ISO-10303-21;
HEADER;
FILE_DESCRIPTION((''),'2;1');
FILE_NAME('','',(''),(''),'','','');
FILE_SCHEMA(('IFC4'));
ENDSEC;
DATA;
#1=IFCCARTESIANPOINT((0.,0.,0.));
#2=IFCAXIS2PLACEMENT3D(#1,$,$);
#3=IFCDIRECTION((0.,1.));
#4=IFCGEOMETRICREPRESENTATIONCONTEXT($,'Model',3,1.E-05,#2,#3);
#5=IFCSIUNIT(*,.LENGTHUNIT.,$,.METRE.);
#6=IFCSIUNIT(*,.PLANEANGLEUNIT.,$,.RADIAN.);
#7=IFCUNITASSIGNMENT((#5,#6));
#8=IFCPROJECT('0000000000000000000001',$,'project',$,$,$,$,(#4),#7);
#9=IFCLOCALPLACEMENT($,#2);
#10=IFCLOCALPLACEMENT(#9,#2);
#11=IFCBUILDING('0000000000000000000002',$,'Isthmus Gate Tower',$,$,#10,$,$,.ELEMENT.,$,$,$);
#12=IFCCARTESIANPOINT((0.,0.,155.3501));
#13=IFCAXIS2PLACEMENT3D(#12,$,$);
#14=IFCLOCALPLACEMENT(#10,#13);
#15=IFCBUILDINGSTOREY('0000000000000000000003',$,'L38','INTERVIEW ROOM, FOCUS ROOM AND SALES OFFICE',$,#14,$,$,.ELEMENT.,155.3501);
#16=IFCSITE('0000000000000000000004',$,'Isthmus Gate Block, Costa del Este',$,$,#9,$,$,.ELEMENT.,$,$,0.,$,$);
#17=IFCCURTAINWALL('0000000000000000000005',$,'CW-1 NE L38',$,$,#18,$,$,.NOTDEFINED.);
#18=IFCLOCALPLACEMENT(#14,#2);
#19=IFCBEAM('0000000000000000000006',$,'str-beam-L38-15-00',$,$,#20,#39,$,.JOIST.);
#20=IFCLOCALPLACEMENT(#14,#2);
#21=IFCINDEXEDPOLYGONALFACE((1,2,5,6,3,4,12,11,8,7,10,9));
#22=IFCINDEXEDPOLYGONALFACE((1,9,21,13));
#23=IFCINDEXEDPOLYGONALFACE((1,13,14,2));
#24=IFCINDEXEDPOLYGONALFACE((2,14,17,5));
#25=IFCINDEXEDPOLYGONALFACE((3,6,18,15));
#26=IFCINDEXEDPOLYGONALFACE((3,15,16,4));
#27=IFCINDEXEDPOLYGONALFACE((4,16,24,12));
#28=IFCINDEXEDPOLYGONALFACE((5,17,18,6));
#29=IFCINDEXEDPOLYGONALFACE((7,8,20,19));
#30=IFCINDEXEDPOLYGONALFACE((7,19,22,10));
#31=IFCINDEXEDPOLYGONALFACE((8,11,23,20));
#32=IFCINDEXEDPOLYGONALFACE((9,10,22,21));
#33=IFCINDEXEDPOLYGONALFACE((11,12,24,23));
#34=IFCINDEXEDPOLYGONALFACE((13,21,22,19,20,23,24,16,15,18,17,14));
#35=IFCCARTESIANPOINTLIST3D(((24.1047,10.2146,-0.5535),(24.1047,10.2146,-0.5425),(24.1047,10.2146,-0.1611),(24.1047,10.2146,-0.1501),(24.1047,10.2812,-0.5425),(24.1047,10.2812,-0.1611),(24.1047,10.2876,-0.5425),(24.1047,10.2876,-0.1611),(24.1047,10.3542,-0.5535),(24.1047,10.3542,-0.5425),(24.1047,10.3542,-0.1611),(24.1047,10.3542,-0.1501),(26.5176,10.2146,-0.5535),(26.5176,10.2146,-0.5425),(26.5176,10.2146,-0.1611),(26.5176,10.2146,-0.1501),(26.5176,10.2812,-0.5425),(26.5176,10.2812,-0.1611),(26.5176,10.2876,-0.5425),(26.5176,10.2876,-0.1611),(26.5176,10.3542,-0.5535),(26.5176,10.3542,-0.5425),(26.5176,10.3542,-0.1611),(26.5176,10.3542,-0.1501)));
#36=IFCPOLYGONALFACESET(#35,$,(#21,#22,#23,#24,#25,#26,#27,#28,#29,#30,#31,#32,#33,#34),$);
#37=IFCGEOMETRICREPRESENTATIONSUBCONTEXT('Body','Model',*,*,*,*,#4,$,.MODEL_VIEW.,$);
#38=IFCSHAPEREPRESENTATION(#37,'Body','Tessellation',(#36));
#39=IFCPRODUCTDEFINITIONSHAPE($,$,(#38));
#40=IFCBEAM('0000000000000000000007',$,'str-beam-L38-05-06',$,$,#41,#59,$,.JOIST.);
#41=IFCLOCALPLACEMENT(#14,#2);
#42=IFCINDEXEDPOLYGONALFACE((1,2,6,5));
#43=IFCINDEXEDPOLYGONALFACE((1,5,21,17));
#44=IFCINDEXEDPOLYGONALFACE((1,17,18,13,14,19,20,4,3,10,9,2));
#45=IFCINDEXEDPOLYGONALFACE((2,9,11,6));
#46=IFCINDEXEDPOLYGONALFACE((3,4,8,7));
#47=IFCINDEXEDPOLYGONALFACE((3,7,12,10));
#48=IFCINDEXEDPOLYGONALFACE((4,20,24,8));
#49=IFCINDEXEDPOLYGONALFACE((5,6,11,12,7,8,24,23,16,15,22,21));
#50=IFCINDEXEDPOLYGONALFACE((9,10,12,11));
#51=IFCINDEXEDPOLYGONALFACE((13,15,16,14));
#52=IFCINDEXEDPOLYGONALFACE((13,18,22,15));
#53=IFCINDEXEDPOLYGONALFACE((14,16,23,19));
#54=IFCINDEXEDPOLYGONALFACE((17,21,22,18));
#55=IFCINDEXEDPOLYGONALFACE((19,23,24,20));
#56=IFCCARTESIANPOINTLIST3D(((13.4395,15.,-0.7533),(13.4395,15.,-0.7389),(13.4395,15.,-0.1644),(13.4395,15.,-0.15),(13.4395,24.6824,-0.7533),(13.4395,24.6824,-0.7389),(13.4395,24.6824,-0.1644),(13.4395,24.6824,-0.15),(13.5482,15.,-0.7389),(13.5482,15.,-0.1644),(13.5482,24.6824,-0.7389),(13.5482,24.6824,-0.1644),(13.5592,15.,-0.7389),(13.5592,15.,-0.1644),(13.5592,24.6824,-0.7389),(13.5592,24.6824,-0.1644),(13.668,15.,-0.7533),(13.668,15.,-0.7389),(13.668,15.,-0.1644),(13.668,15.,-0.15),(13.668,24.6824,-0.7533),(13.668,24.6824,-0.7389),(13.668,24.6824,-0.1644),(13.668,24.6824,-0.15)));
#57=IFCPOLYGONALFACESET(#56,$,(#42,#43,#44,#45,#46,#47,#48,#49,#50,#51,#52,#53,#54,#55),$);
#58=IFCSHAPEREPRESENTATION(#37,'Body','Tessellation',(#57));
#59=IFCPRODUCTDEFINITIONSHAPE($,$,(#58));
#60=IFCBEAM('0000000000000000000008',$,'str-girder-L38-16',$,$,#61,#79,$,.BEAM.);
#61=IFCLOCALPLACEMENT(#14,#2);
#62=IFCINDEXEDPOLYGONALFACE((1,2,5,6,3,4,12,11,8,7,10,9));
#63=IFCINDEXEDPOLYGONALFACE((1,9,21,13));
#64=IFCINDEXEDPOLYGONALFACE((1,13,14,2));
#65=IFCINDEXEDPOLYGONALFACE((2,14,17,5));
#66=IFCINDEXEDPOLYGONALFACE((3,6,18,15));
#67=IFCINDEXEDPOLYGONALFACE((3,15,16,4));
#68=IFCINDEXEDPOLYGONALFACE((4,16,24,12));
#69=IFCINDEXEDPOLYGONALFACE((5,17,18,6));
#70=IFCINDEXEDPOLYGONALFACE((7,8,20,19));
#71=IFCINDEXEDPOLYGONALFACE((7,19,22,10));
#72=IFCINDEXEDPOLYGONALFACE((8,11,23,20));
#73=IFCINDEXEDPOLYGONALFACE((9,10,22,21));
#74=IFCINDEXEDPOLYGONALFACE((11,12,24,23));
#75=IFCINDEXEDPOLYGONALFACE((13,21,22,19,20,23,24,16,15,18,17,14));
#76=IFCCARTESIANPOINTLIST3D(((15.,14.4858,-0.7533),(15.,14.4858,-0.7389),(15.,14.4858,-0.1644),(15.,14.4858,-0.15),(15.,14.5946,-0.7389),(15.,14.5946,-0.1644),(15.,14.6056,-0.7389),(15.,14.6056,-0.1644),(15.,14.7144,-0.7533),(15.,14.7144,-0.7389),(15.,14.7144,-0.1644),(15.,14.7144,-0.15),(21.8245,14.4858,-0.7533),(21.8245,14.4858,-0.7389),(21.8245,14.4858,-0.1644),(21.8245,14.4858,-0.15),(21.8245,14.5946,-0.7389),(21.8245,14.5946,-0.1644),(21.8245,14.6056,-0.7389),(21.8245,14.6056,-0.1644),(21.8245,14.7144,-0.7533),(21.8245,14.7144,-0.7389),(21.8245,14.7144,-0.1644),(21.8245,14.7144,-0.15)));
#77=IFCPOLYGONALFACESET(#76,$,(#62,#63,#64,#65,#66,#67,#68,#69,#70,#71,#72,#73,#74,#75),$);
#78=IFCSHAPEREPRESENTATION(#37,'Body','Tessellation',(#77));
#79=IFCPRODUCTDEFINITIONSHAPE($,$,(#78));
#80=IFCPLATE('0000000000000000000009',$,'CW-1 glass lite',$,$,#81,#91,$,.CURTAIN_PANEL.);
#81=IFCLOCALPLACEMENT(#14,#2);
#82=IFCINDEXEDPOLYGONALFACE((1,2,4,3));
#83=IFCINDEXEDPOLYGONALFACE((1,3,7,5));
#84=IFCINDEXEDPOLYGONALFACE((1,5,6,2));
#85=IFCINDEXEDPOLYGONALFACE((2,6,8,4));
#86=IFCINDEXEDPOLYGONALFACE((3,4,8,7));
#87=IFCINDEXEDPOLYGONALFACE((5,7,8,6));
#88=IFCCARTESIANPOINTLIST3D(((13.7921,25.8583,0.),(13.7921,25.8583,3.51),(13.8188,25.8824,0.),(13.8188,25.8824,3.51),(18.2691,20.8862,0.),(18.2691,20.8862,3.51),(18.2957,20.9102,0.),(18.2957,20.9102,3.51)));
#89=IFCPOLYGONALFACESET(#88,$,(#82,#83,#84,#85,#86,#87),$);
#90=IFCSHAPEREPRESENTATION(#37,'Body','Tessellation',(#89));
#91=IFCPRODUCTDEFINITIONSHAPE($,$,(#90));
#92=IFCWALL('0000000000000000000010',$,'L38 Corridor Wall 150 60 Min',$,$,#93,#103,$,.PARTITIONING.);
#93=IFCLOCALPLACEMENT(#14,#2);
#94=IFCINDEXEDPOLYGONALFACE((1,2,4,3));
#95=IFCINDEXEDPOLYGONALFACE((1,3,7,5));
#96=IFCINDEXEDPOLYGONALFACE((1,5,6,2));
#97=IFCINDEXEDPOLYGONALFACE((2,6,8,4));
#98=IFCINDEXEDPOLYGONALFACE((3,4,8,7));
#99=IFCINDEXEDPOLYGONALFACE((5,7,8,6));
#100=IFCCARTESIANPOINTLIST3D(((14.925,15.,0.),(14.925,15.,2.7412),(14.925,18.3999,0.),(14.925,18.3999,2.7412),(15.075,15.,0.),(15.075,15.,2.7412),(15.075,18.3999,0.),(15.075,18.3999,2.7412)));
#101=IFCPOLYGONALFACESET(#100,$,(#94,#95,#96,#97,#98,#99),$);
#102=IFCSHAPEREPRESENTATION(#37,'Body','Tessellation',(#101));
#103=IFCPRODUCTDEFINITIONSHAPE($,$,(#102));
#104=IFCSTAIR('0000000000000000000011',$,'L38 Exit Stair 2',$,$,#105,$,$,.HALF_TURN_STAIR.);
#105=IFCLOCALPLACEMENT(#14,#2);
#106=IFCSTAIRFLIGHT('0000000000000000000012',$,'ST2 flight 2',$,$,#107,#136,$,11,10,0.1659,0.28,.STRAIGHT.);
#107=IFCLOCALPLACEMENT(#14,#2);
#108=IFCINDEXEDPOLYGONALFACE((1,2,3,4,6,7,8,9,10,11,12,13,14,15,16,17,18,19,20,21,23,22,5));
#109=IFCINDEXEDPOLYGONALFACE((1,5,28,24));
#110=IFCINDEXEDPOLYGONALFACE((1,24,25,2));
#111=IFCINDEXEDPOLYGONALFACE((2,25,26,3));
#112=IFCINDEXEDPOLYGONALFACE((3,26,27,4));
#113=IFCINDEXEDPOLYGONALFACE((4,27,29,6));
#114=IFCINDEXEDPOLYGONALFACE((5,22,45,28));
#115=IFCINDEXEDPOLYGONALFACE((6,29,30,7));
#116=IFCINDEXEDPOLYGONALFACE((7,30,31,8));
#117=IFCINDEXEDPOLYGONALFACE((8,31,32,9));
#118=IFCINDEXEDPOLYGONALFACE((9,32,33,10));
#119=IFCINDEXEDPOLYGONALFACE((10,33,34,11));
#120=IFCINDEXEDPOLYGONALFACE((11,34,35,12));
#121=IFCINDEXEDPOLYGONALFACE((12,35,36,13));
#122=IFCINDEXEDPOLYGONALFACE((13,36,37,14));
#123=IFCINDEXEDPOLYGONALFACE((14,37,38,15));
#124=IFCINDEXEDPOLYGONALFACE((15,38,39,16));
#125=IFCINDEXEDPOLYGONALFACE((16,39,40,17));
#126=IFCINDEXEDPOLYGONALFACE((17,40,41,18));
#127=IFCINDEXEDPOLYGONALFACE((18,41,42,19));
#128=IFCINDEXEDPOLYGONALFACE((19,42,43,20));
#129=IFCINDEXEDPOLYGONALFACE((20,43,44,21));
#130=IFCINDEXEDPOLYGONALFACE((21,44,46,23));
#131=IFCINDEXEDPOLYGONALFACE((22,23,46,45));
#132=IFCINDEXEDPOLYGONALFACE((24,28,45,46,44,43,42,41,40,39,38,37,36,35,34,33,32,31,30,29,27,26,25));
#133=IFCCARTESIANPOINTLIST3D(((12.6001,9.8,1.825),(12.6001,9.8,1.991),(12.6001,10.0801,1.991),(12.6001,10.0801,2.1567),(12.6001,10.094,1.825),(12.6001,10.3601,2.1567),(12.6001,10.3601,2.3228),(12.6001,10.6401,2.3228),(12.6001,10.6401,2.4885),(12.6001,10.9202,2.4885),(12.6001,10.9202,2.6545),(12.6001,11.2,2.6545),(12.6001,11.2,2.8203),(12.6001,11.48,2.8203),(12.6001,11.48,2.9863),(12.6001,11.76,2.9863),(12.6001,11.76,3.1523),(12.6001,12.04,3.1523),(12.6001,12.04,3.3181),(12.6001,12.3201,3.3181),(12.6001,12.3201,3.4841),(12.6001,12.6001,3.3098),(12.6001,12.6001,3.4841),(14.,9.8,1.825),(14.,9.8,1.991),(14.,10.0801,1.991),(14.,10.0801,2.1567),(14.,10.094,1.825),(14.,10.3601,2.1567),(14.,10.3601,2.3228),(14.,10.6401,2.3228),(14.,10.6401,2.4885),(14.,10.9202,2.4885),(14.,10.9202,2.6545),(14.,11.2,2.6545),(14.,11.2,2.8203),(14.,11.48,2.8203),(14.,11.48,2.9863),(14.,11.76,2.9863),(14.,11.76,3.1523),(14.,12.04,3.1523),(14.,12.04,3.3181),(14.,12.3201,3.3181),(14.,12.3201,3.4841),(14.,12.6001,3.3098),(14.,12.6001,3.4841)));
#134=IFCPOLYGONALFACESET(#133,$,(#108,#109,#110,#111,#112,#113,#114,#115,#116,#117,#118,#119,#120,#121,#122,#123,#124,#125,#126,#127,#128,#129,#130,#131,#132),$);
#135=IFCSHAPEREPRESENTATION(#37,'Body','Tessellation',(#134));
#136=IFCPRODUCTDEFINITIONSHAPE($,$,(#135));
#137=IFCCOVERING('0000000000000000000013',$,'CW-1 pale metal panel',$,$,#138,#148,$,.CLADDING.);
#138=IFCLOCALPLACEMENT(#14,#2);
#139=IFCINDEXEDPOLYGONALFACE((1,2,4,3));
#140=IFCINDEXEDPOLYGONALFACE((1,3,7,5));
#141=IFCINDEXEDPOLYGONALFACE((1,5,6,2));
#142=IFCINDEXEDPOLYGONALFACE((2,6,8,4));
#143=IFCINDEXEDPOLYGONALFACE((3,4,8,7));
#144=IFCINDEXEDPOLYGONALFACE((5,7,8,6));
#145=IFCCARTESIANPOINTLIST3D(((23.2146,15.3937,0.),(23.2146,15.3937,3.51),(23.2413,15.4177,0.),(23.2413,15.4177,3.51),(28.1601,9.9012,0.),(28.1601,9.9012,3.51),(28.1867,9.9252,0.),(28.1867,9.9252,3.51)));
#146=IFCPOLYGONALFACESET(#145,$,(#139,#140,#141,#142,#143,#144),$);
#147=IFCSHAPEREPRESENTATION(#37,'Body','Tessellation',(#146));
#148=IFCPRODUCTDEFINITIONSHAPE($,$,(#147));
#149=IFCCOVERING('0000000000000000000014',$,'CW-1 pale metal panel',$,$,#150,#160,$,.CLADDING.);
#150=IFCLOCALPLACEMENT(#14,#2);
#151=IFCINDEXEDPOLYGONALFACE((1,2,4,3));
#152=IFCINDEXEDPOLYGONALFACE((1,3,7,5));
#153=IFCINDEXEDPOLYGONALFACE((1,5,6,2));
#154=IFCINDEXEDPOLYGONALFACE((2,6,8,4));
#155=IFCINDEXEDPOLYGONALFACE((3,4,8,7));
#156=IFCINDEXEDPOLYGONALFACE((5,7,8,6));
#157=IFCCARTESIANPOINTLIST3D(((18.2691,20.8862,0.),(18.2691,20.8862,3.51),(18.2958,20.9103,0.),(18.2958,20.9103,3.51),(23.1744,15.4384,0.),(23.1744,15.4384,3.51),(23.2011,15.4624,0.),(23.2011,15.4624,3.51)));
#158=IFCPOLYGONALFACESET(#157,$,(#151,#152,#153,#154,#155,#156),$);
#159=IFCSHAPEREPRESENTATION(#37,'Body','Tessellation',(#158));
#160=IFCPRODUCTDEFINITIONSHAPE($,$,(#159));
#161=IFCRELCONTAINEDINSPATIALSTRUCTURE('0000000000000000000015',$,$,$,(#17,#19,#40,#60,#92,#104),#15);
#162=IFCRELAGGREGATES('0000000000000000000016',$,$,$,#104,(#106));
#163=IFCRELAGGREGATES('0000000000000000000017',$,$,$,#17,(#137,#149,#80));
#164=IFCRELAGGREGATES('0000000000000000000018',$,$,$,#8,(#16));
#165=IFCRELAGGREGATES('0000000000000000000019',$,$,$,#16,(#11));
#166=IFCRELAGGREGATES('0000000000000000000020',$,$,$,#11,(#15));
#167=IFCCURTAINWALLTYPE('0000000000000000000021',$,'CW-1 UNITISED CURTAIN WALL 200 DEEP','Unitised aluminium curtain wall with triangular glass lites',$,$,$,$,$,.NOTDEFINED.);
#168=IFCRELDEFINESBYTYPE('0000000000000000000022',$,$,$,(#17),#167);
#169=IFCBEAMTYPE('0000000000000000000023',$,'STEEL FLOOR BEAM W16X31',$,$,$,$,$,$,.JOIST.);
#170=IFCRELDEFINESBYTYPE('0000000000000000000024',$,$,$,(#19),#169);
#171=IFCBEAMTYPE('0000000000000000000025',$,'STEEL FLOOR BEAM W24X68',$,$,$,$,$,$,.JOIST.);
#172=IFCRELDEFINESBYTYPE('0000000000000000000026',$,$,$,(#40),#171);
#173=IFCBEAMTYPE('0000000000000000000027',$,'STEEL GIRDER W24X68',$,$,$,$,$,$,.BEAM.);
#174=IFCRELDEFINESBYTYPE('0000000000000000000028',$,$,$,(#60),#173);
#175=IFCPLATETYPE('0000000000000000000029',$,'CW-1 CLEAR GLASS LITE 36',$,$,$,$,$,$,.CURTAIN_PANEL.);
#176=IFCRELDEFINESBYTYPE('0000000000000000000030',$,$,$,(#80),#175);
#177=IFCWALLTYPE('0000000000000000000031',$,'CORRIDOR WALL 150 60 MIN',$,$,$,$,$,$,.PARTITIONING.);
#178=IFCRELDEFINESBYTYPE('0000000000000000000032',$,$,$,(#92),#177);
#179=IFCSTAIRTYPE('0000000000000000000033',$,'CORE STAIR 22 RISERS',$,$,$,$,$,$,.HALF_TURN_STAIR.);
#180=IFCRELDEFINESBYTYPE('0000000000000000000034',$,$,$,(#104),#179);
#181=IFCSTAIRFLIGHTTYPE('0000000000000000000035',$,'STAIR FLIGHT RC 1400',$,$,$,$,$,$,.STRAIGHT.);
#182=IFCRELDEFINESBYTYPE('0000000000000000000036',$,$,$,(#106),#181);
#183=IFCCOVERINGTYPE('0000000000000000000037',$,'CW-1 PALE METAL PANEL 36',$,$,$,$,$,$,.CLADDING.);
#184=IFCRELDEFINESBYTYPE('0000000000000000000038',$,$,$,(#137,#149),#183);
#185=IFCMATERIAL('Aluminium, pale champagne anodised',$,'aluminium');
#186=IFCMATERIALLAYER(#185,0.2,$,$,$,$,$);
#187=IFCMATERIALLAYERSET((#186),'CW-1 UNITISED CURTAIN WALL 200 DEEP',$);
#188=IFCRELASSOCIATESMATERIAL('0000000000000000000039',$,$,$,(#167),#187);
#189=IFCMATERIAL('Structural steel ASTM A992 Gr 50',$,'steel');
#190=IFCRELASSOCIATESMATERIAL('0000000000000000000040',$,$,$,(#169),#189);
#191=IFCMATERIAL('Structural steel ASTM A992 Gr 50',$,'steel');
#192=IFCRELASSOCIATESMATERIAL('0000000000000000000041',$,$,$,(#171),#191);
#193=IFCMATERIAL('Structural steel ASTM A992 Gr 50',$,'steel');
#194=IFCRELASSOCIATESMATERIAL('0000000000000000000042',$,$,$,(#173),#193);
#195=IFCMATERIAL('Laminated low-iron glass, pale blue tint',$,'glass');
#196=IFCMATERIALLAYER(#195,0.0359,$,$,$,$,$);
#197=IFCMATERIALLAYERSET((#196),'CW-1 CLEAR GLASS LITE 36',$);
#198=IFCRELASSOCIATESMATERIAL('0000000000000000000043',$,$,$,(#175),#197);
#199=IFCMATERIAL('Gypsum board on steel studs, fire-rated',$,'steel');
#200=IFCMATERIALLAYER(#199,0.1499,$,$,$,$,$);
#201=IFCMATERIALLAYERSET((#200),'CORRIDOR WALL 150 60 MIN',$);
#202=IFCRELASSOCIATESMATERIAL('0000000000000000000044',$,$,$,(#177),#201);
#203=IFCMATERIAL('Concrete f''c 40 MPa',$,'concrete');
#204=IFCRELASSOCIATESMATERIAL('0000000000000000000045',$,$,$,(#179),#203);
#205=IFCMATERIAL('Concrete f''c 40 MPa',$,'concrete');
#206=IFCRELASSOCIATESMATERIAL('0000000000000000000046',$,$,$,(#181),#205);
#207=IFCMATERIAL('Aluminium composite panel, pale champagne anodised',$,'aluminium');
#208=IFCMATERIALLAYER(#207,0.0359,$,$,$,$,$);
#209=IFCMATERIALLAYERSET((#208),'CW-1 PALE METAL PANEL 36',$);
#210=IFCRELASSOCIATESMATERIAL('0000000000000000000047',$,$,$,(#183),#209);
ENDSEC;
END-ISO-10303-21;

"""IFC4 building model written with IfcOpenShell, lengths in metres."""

from ifc_helpers import new_model, si_unit, direction, frame, frame_2d, origin, origin_2d, place, context, subcontext, project, spatial, polyline, rectangle, i_section, outline, extrude, material, layer, layer_set, material_profile, profile_set, type_object, element, aggregate, save


model = new_model("IFC4")

# Units and contexts
model_context = context("Model", 3, precision=1e-05, world=origin(), true_north=direction((0.0, 1.0)))
body_context = subcontext(model_context, "Body", "Model", "MODEL_VIEW")
ifc_project = project(units=[si_unit("LENGTHUNIT", "METRE"), si_unit("PLANEANGLEUNIT", "RADIAN")], contexts=[model_context])

# Site, building, storey
site_placement = place(None, origin())
site = spatial("IfcSite", under=ifc_project, at=site_placement, Name="Isthmus Gate Block, Costa del Este", CompositionType="ELEMENT", RefElevation=0.0)
building_placement = place(site_placement, origin())
building = spatial("IfcBuilding", under=site, at=building_placement, Name="Isthmus Gate Tower", CompositionType="ELEMENT")
storey_placement = place(building_placement, frame((0.0, 0.0, 155.3501)))
storey = spatial("IfcBuildingStorey", under=building, at=storey_placement, Name="L38", Description="INTERVIEW ROOM, FOCUS ROOM AND SALES OFFICE", CompositionType="ELEMENT", Elevation=155.3501)

# Curtain wall
ifc_material_1 = material(Name="Aluminium, pale champagne anodised", Category="aluminium")
ifc_layer_1 = layer(ifc_material_1, 0.2)
ifc_layer_set_1 = layer_set([ifc_layer_1], Name="CW-1 UNITISED CURTAIN WALL 200 DEEP")
curtain_wall_type = type_object("IfcCurtainWallType", Name="CW-1 UNITISED CURTAIN WALL 200 DEEP", Description="Unitised aluminium curtain wall with triangular glass lites", PredefinedType="NOTDEFINED", material=ifc_layer_set_1)
curtain_wall_1_placement = place(storey_placement, origin())
curtain_wall_1 = element("IfcCurtainWall", 1, at=curtain_wall_1_placement, inside=storey, type_object=curtain_wall_type, Name="CW-1 NE L38", PredefinedType="NOTDEFINED")

# Beams
ifc_material_2 = material(Name="Structural steel ASTM A992 Gr 50", Category="steel")
ifc_material_profile_1 = material_profile(ifc_material_2, i_section(OverallWidth=0.1396, OverallDepth=0.4033, WebThickness=0.0063, FlangeThickness=0.011, at=origin_2d()), Name="W16X31")
ifc_profile_set_1 = profile_set([ifc_material_profile_1], Name="Structural steel ASTM A992 Gr 50")
beam_type_1 = type_object("IfcBeamType", Name="STEEL FLOOR BEAM W16X31", PredefinedType="JOIST", material=ifc_profile_set_1)
beam_1_placement = place(storey_placement, frame((24.1047, 10.2844, -0.3518), z_axis=(1.0, 0.0, 0.0), x_axis=(0.0, 1.0, 0.0)))
element("IfcBeam", 2, at=beam_1_placement, inside=storey, type_object=beam_type_1, Name="str-beam-L38-15-00", PredefinedType="JOIST", context=body_context, shape_type="SweptSolid", body=[
    extrude(i_section(OverallWidth=0.1396, OverallDepth=0.4033, WebThickness=0.0063, FlangeThickness=0.011, at=origin_2d()), origin(), (0.0, 0.0, 1.0), 2.4128),
])
ifc_material_3 = material(Name="Structural steel ASTM A992 Gr 50", Category="steel")
ifc_material_profile_2 = material_profile(ifc_material_3, i_section(OverallWidth=0.2285, OverallDepth=0.6033, WebThickness=0.011, FlangeThickness=0.0144, at=origin_2d()), Name="W24X68")
ifc_profile_set_2 = profile_set([ifc_material_profile_2], Name="Structural steel ASTM A992 Gr 50")
beam_type_2 = type_object("IfcBeamType", Name="STEEL FLOOR BEAM W24X68", PredefinedType="JOIST", material=ifc_profile_set_2)
beam_2_placement = place(storey_placement, frame((13.5537, 15.0, -0.4517), z_axis=(0.0, 1.0, 0.0), x_axis=(-1.0, 0.0, 0.0)))
element("IfcBeam", 3, at=beam_2_placement, inside=storey, type_object=beam_type_2, Name="str-beam-L38-05-06", PredefinedType="JOIST", context=body_context, shape_type="SweptSolid", body=[
    extrude(i_section(OverallWidth=0.2285, OverallDepth=0.6033, WebThickness=0.011, FlangeThickness=0.0144, at=origin_2d()), origin(), (0.0, 0.0, 1.0), 9.6824),
])
ifc_material_4 = material(Name="Structural steel ASTM A992 Gr 50", Category="steel")
ifc_material_profile_3 = material_profile(ifc_material_4, i_section(OverallWidth=0.2285, OverallDepth=0.6033, WebThickness=0.011, FlangeThickness=0.0144, at=origin_2d()), Name="W24X68")
ifc_profile_set_3 = profile_set([ifc_material_profile_3], Name="Structural steel ASTM A992 Gr 50")
beam_type_3 = type_object("IfcBeamType", Name="STEEL GIRDER W24X68", PredefinedType="BEAM", material=ifc_profile_set_3)
beam_3_placement = place(storey_placement, frame((15.0, 14.6001, -0.4517), z_axis=(1.0, 0.0, 0.0), x_axis=(0.0, 1.0, 0.0)))
element("IfcBeam", 4, at=beam_3_placement, inside=storey, type_object=beam_type_3, Name="str-girder-L38-16", PredefinedType="BEAM", context=body_context, shape_type="SweptSolid", body=[
    extrude(i_section(OverallWidth=0.2285, OverallDepth=0.6033, WebThickness=0.011, FlangeThickness=0.0144, at=origin_2d()), origin(), (0.0, 0.0, 1.0), 6.8245),
])

# Plate
ifc_material_5 = material(Name="Laminated low-iron glass, pale blue tint", Category="glass")
ifc_layer_2 = layer(ifc_material_5, 0.0359)
ifc_layer_set_2 = layer_set([ifc_layer_2], Name="CW-1 CLEAR GLASS LITE 36")
plate_type = type_object("IfcPlateType", Name="CW-1 CLEAR GLASS LITE 36", PredefinedType="CURTAIN_PANEL", material=ifc_layer_set_2)
plate_placement = place(storey_placement, frame((16.0439, 23.3843, 0.0), z_axis=(0.0, 0.0, 1.0), x_axis=(-0.669131, 0.743145, 0.0)))
plate = element("IfcPlate", 5, at=plate_placement, type_object=plate_type, Name="CW-1 glass lite", PredefinedType="CURTAIN_PANEL", context=body_context, shape_type="SweptSolid", body=[
    extrude(rectangle(XDim=6.6907, YDim=0.0359, at=origin_2d()), origin(), (0.0, 0.0, 1.0), 3.51),
])

# Wall
ifc_material_6 = material(Name="Gypsum board on steel studs, fire-rated", Category="steel")
ifc_layer_3 = layer(ifc_material_6, 0.1499)
ifc_layer_set_3 = layer_set([ifc_layer_3], Name="CORRIDOR WALL 150 60 MIN")
wall_type = type_object("IfcWallType", Name="CORRIDOR WALL 150 60 MIN", PredefinedType="PARTITIONING", material=ifc_layer_set_3)
wall_placement = place(storey_placement, frame((15.0, 18.3999, 0.0), z_axis=(0.0, 0.0, 1.0), x_axis=(0.0, -1.0, 0.0)))
element("IfcWall", 6, at=wall_placement, inside=storey, type_object=wall_type, Name="L38 Corridor Wall 150 60 Min", PredefinedType="PARTITIONING", context=body_context, shape_type="SweptSolid", body=[
    extrude(rectangle(XDim=3.3999, YDim=0.1499, at=frame_2d((1.7, 0.0))), origin(), (0.0, 0.0, 1.0), 2.7412),
])

# Stair, stair flight
ifc_material_7 = material(Name="Concrete f'c 40 MPa", Category="concrete")
stair_type = type_object("IfcStairType", Name="CORE STAIR 22 RISERS", PredefinedType="HALF_TURN_STAIR", material=ifc_material_7)
stair_placement = place(storey_placement, origin())
stair = element("IfcStair", 7, at=stair_placement, inside=storey, type_object=stair_type, Name="L38 Exit Stair 2", PredefinedType="HALF_TURN_STAIR")
ifc_material_8 = material(Name="Concrete f'c 40 MPa", Category="concrete")
stair_flight_type = type_object("IfcStairFlightType", Name="STAIR FLIGHT RC 1400", PredefinedType="STRAIGHT", material=ifc_material_8)
stair_flight_placement = place(storey_placement, frame((13.3, 9.8, 1.825), z_axis=(0.0, 0.0, 1.0), x_axis=(0.0, 1.0, 0.0)))
stair_flight = element("IfcStairFlight", 8, at=stair_flight_placement, type_object=stair_flight_type, Name="ST2 flight 2", NumberOfRisers=11, NumberOfTreads=10, PredefinedType="STRAIGHT", RiserHeight=0.1659, TreadLength=0.28, context=body_context, shape_type="SweptSolid", body=[
    extrude(outline(polyline([(0.0, 0.0), (0.0, 0.166), (0.28, 0.166), (0.28, 0.3318), (0.5601, 0.3318), (0.5601, 0.4978), (0.8401, 0.4978), (0.8401, 0.6636), (1.1201, 0.6636), (1.1201, 0.8296), (1.3999, 0.8296), (1.3999, 0.9954), (1.6799, 0.9954), (1.6799, 1.1614), (1.96, 1.1614), (1.96, 1.3274), (2.24, 1.3274), (2.24, 1.4932), (2.52, 1.4932), (2.52, 1.6592), (2.8, 1.6592), (2.8, 1.825), (2.8, 1.4849), (0.2939, 0.0), (0.0, 0.0)])), frame((0.0, 0.7, 0.0), z_axis=(0.0, -1.0, 0.0), x_axis=(1.0, 0.0, 0.0)), (0.0, 0.0, 1.0), 1.3999),
])
aggregate(stair, [stair_flight])

# Coverings
ifc_material_9 = material(Name="Aluminium composite panel, pale champagne anodised", Category="aluminium")
ifc_layer_4 = layer(ifc_material_9, 0.0359)
ifc_layer_set_4 = layer_set([ifc_layer_4], Name="CW-1 PALE METAL PANEL 36")
covering_type = type_object("IfcCoveringType", Name="CW-1 PALE METAL PANEL 36", PredefinedType="CLADDING", material=ifc_layer_set_4)
covering_1_placement = place(storey_placement, frame((25.7007, 12.6594, 0.0), z_axis=(0.0, 0.0, 1.0), x_axis=(-0.669131, 0.743145, 0.0)))
covering_1 = element("IfcCovering", 9, at=covering_1_placement, type_object=covering_type, Name="CW-1 pale metal panel", PredefinedType="CLADDING", context=body_context, shape_type="SweptSolid", body=[
    extrude(rectangle(XDim=7.3909, YDim=0.0359, at=origin_2d()), origin(), (0.0, 0.0, 1.0), 3.51),
])
covering_2_placement = place(storey_placement, frame((20.7351, 18.1743, 0.0), z_axis=(0.0, 0.0, 1.0), x_axis=(-0.669131, 0.743145, 0.0)))
covering_2 = element("IfcCovering", 10, at=covering_2_placement, type_object=covering_type, Name="CW-1 pale metal panel", PredefinedType="CLADDING", context=body_context, shape_type="SweptSolid", body=[
    extrude(rectangle(XDim=7.3308, YDim=0.0359, at=origin_2d()), origin(), (0.0, 0.0, 1.0), 3.51),
])
aggregate(curtain_wall_1, [covering_1, covering_2, plate])

save(model, "model.ifc")
